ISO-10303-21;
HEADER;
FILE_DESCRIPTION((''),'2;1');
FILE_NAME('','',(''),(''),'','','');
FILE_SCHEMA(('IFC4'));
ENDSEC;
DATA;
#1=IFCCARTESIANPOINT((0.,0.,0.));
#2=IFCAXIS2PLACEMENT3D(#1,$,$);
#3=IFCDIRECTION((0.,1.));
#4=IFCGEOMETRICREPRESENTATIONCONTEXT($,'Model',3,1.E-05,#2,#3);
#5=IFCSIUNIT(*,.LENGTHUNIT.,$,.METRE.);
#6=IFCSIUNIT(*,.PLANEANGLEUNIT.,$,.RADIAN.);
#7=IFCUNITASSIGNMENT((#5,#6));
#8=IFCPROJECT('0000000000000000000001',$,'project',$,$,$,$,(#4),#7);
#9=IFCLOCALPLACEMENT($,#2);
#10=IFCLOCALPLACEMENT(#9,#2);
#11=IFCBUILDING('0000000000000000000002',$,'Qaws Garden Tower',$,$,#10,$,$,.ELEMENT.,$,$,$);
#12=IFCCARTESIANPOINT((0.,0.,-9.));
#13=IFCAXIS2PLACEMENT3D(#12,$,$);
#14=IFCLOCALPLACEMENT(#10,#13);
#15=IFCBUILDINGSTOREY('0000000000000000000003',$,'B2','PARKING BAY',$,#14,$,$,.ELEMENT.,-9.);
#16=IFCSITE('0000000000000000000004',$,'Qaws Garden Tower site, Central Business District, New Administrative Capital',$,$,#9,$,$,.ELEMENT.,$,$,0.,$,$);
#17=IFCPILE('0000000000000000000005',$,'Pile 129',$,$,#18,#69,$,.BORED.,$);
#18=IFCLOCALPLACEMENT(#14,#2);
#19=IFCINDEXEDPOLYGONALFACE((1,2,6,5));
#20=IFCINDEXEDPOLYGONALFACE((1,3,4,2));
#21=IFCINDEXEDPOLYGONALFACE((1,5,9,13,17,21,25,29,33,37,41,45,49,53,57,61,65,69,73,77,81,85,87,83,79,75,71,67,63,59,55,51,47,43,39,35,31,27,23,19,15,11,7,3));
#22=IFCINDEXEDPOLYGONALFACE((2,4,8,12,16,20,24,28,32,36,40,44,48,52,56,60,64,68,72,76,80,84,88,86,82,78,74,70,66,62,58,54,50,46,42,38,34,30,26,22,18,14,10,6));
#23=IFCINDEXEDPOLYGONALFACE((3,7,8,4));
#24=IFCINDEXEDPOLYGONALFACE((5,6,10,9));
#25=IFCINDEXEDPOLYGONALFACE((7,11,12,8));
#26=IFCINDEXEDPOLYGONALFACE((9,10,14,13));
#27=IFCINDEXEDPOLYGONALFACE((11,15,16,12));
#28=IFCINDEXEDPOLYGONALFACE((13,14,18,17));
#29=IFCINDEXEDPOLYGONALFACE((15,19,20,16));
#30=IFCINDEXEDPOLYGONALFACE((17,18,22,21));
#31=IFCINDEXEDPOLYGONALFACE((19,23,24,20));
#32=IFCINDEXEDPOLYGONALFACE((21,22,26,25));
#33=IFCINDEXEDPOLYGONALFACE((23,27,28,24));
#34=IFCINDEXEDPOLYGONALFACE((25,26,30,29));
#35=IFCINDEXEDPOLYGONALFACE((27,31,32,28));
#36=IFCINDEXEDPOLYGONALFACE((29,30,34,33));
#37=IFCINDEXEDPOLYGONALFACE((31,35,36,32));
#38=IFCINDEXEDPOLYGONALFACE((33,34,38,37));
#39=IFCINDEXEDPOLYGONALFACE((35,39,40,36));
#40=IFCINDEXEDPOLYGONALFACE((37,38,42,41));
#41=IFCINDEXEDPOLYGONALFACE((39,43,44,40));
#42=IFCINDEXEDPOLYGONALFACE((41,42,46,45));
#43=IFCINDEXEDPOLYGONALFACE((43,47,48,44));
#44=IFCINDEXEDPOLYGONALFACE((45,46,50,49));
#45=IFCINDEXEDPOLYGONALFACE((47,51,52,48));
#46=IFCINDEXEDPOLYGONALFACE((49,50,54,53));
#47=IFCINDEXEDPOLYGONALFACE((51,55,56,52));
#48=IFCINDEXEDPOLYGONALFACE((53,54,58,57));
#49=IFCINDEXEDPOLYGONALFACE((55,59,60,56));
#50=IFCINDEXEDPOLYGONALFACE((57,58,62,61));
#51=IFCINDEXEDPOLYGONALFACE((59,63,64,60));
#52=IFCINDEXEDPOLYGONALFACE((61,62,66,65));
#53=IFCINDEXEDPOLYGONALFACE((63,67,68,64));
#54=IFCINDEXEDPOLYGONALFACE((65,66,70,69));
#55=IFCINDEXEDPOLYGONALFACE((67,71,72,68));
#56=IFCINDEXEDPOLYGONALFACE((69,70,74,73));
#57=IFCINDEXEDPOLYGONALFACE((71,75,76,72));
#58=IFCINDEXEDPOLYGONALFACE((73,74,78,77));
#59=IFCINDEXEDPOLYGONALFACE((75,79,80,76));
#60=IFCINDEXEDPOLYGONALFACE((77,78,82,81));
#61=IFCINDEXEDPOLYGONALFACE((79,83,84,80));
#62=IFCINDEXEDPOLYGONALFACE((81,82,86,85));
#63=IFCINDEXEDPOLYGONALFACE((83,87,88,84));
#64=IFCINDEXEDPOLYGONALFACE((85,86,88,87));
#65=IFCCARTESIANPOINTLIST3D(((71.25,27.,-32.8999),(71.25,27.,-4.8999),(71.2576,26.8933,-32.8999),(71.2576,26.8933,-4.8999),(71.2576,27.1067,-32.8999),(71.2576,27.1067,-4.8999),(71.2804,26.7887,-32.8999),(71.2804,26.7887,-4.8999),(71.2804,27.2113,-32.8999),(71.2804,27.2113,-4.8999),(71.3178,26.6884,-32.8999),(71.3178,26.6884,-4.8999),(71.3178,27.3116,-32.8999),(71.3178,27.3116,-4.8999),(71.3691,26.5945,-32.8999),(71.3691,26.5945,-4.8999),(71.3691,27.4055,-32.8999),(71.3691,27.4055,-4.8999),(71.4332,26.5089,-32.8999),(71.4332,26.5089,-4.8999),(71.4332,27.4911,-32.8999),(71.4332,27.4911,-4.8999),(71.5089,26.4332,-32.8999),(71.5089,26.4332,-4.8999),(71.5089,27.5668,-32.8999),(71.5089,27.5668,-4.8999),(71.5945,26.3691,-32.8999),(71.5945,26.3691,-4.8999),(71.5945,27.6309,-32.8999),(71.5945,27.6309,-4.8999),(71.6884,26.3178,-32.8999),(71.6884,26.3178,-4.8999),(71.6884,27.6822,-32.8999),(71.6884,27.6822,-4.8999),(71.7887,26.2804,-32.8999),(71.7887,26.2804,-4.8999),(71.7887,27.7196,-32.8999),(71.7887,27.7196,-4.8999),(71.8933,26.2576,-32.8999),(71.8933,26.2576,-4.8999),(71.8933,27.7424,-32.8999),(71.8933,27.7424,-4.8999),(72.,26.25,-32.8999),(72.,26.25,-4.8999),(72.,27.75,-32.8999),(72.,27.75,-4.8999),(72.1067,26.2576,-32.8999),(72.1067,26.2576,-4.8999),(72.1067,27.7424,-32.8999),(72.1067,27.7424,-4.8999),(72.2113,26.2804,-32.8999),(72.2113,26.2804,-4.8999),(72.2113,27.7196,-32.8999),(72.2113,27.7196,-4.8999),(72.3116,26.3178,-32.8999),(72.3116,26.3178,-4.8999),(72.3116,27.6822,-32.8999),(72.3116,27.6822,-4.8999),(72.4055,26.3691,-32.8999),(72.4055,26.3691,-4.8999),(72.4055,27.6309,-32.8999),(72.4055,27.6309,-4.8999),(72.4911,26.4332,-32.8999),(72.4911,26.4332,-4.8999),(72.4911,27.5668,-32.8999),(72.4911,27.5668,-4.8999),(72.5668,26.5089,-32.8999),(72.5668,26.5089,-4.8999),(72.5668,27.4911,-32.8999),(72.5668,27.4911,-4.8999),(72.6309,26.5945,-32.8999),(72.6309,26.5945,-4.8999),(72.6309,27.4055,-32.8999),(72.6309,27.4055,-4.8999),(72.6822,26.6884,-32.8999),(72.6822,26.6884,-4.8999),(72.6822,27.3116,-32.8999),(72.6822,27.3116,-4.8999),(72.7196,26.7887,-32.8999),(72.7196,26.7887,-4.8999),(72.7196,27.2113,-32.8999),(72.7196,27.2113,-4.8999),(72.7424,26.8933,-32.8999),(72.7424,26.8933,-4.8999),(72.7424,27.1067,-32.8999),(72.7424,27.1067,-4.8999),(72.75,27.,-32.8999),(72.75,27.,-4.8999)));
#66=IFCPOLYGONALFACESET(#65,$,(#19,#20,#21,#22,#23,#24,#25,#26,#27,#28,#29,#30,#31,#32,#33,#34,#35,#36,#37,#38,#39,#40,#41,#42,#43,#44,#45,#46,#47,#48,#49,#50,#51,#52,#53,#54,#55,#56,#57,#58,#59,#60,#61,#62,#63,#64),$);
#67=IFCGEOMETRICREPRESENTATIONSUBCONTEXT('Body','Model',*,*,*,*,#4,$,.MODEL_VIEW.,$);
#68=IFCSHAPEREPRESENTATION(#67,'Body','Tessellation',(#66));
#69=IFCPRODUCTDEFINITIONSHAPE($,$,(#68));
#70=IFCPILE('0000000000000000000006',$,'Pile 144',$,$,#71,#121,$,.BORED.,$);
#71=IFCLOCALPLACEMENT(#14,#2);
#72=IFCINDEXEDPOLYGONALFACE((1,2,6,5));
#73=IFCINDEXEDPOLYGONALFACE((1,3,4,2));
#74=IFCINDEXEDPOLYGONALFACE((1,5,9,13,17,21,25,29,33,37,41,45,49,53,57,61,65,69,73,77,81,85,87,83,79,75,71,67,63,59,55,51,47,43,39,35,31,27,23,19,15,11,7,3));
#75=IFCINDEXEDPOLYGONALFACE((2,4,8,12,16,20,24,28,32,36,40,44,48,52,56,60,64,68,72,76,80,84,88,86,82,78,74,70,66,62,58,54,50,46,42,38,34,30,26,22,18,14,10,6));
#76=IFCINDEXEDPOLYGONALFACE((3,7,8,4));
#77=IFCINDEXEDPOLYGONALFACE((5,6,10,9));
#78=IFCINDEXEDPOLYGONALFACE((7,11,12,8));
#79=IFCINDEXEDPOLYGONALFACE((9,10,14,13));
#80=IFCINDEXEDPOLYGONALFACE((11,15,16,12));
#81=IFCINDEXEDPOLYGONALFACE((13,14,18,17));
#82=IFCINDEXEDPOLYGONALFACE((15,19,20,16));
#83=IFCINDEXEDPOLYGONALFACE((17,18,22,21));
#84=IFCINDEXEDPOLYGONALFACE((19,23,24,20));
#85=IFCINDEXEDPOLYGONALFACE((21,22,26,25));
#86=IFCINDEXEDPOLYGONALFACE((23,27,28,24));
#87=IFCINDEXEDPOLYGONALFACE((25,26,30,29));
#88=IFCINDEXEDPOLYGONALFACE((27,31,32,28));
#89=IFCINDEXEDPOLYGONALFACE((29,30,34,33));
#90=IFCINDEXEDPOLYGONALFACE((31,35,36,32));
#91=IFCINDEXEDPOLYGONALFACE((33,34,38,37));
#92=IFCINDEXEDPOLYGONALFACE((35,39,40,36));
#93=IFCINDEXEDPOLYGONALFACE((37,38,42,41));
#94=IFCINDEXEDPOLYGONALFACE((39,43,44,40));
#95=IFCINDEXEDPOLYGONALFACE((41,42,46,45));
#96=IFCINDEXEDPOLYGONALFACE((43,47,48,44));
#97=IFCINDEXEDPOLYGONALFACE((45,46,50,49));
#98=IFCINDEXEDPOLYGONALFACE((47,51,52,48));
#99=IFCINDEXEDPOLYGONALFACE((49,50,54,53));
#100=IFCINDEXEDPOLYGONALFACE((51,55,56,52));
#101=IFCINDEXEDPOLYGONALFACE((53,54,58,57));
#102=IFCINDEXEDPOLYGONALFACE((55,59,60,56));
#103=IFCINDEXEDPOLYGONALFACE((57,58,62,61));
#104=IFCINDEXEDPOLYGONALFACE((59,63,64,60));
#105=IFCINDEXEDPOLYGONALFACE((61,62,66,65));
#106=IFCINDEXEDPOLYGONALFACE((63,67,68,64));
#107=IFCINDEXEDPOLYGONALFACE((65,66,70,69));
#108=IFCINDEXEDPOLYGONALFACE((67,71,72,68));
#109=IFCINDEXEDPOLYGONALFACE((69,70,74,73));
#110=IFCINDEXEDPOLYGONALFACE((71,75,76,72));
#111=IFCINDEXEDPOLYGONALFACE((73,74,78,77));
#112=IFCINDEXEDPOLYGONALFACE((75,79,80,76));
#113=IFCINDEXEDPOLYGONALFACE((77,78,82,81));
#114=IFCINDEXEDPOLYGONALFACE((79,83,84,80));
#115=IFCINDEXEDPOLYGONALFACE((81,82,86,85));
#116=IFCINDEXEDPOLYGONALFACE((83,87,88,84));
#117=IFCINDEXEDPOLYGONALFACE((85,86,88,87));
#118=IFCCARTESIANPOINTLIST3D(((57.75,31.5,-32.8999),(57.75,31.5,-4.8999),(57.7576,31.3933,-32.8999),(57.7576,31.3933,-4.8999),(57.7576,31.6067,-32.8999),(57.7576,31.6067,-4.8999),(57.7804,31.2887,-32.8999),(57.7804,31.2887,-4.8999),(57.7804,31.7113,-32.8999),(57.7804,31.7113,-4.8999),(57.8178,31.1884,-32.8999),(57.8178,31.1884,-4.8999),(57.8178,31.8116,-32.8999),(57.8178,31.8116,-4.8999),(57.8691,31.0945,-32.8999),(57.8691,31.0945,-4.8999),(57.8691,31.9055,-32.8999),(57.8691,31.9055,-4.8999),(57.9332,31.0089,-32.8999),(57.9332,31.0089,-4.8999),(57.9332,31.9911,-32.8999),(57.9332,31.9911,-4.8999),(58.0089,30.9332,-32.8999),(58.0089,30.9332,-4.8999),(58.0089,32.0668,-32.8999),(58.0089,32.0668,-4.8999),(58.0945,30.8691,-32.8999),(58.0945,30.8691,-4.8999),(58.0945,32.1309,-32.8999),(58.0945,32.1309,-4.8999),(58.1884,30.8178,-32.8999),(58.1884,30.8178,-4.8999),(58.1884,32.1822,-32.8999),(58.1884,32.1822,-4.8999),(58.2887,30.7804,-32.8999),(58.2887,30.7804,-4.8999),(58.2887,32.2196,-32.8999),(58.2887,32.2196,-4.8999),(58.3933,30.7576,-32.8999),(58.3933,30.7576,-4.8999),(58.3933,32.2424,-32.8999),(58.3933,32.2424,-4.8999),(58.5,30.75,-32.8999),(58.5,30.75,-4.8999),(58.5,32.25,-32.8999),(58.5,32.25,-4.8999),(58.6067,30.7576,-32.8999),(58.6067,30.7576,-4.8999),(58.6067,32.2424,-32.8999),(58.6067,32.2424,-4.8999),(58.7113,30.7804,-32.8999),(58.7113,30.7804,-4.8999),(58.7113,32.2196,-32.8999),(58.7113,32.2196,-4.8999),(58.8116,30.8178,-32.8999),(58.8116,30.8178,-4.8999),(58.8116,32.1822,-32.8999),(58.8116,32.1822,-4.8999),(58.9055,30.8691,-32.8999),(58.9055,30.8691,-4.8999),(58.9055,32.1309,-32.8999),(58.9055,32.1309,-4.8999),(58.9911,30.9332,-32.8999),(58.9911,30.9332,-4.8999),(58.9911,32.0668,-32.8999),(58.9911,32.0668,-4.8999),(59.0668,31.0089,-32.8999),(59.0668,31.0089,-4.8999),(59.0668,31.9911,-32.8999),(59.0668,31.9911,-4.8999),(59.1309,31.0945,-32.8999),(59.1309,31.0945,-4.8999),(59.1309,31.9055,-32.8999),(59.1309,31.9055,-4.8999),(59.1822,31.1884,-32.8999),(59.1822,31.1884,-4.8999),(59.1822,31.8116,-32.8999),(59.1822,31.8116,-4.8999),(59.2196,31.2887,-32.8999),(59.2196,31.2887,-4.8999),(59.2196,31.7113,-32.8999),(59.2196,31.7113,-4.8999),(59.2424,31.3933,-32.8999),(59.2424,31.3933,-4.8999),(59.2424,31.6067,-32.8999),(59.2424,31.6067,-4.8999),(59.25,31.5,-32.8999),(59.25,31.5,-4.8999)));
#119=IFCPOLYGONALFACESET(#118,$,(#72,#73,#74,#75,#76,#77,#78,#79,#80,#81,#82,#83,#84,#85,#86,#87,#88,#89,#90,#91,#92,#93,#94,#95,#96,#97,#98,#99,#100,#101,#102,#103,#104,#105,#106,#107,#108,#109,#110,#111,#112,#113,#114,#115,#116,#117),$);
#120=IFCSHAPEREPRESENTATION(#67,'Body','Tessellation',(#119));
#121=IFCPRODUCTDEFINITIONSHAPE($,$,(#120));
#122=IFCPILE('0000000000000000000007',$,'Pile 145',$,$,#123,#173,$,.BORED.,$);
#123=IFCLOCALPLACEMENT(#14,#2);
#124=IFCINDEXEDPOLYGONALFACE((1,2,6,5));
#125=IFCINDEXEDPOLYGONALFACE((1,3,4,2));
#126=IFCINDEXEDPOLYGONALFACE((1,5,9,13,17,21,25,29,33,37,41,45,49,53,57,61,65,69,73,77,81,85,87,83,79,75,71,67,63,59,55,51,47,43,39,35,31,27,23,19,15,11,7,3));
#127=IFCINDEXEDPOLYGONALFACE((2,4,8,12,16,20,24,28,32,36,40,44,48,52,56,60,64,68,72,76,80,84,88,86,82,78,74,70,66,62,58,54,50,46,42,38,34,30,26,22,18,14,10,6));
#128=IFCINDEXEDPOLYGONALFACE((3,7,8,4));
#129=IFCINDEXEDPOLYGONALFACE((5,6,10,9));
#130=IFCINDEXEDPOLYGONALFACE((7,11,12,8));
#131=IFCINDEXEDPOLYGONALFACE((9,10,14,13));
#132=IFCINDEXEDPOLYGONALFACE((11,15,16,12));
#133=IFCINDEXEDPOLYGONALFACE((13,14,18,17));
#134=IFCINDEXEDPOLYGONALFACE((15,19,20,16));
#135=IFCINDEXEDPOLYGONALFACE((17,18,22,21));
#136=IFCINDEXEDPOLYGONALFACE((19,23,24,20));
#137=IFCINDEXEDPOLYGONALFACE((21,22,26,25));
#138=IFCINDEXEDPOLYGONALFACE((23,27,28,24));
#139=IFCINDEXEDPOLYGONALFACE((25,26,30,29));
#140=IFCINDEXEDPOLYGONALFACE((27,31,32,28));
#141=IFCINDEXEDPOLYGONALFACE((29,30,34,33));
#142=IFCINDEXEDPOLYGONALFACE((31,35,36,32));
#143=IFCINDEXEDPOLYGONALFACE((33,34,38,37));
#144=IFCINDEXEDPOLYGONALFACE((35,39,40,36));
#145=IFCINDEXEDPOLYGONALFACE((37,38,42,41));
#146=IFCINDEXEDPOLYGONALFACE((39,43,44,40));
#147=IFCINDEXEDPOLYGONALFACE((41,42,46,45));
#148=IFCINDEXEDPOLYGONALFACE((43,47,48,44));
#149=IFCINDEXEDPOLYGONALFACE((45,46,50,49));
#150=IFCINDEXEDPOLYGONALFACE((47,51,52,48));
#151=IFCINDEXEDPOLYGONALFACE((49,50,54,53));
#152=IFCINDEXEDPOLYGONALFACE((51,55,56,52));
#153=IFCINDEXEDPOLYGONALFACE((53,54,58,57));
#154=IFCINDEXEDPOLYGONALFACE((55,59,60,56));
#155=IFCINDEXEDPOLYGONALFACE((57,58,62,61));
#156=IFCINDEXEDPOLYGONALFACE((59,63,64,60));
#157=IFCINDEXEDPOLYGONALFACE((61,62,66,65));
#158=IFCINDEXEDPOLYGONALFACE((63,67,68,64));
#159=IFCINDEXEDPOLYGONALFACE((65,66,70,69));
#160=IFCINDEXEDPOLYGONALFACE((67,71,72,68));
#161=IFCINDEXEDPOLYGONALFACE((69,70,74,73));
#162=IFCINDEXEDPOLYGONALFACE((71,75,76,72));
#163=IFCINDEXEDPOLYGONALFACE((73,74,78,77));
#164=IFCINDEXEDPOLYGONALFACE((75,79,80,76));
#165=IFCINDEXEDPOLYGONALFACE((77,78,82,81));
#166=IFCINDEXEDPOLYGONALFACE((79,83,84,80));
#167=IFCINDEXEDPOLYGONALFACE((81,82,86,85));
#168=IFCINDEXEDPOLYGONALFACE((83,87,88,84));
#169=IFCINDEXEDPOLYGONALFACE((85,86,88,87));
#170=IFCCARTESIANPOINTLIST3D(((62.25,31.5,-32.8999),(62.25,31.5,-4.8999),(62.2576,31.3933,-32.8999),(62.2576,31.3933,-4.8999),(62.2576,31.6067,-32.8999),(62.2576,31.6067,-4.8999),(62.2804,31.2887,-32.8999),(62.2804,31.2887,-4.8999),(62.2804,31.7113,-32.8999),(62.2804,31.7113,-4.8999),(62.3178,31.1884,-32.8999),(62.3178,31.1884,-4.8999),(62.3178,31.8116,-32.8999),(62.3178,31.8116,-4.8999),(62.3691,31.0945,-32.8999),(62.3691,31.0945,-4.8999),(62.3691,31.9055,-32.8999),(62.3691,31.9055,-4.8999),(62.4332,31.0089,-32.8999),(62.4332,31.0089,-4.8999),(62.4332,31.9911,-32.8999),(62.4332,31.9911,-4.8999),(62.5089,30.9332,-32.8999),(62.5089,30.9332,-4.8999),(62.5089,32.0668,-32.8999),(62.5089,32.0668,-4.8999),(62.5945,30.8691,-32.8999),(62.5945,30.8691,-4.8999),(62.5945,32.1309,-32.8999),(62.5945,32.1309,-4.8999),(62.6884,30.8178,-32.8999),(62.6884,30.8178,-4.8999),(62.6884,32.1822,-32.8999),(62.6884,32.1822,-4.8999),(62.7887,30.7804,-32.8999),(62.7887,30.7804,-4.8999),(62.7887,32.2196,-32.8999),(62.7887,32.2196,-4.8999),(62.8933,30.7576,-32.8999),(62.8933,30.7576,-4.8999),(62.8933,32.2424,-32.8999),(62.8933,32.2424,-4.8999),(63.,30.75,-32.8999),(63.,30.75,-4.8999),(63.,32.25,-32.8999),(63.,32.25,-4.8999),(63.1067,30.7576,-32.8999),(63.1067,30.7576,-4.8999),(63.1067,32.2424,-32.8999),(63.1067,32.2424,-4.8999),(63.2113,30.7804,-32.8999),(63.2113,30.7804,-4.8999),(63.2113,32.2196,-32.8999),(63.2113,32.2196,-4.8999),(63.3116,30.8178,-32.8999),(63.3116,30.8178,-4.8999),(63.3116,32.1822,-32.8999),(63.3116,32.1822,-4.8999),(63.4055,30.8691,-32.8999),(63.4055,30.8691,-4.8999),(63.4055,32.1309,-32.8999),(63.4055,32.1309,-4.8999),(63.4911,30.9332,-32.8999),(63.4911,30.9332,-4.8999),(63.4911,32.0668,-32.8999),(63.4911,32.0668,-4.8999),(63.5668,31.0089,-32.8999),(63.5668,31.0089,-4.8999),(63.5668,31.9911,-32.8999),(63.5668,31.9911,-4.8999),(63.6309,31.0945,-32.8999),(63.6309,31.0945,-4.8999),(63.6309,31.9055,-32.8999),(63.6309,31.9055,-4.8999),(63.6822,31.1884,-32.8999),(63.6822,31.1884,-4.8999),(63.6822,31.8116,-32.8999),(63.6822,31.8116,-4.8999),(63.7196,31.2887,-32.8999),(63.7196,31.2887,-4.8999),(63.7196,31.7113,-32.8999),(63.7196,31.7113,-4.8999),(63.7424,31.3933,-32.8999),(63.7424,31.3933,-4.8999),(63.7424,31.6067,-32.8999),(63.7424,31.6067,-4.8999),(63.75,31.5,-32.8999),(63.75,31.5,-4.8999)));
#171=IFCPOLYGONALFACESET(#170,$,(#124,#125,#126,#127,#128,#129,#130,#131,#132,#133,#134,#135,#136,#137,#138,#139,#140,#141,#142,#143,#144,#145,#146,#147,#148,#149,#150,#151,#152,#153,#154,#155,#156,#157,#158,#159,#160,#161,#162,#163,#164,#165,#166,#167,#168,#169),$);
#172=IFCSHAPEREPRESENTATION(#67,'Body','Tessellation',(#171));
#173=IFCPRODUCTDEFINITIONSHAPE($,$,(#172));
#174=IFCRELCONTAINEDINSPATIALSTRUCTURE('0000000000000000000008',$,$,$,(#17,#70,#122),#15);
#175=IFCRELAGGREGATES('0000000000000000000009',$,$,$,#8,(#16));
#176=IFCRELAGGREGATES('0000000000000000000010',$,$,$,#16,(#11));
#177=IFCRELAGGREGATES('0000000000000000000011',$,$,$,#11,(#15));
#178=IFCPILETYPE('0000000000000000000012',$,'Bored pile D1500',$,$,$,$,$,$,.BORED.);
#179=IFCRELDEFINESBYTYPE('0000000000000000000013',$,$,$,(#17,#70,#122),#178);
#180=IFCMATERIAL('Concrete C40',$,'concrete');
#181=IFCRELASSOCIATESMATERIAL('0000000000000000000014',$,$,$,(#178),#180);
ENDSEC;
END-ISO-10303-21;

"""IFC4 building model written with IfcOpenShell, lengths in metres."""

from ifc_helpers import new_model, si_unit, direction, frame, origin, origin_2d, place, context, subcontext, project, spatial, circle, extrude, material, material_profile, profile_set, type_object, element, save


model = new_model("IFC4")

# Units and contexts
model_context = context("Model", 3, precision=1e-05, world=origin(), true_north=direction((0.0, 1.0)))
body_context = subcontext(model_context, "Body", "Model", "MODEL_VIEW")
ifc_project = project(units=[si_unit("LENGTHUNIT", "METRE"), si_unit("PLANEANGLEUNIT", "RADIAN")], contexts=[model_context])

# Site, building, storey
site_placement = place(None, origin())
site = spatial("IfcSite", under=ifc_project, at=site_placement, Name="Qaws Garden Tower site, Central Business District, New Administrative Capital", CompositionType="ELEMENT", RefElevation=0.0)
building_placement = place(site_placement, origin())
building = spatial("IfcBuilding", under=site, at=building_placement, Name="Qaws Garden Tower", CompositionType="ELEMENT")
storey_placement = place(building_placement, frame((0.0, 0.0, -9.0)))
storey = spatial("IfcBuildingStorey", under=building, at=storey_placement, Name="B2", Description="PARKING BAY", CompositionType="ELEMENT", Elevation=-9.0)

# Piles
ifc_material_1 = material(Name="Concrete C40", Category="concrete")
ifc_material_profile_1 = material_profile(ifc_material_1, circle(Radius=0.75, at=origin_2d()), Name="Bored pile D1500")
ifc_profile_set_1 = profile_set([ifc_material_profile_1], Name="Concrete C40")
pile_type = type_object("IfcPileType", Name="Bored pile D1500", PredefinedType="BORED", material=ifc_profile_set_1)
for number, where, z_axis, x_axis, name in (
    (1, (72.0, 27.0, -4.8999), (0.0, 0.0, -1.0), (1.0, 0.0, 0.0), "Pile 129"),
    (2, (58.5, 31.5, -4.8999), (0.0, 0.0, -1.0), (1.0, 0.0, 0.0), "Pile 144"),
    (3, (63.0, 31.5, -4.8999), (0.0, 0.0, -1.0), (1.0, 0.0, 0.0), "Pile 145"),
):
    element("IfcPile", number, at=place(storey_placement, frame(where, z_axis=z_axis, x_axis=x_axis)), inside=storey, type_object=pile_type, Name=name, PredefinedType="BORED", context=body_context, shape_type="SweptSolid", body=[
        extrude(circle(Radius=0.75, at=origin_2d()), origin(), (0.0, 0.0, 1.0), 28.0),
    ])

save(model, "model.ifc")
